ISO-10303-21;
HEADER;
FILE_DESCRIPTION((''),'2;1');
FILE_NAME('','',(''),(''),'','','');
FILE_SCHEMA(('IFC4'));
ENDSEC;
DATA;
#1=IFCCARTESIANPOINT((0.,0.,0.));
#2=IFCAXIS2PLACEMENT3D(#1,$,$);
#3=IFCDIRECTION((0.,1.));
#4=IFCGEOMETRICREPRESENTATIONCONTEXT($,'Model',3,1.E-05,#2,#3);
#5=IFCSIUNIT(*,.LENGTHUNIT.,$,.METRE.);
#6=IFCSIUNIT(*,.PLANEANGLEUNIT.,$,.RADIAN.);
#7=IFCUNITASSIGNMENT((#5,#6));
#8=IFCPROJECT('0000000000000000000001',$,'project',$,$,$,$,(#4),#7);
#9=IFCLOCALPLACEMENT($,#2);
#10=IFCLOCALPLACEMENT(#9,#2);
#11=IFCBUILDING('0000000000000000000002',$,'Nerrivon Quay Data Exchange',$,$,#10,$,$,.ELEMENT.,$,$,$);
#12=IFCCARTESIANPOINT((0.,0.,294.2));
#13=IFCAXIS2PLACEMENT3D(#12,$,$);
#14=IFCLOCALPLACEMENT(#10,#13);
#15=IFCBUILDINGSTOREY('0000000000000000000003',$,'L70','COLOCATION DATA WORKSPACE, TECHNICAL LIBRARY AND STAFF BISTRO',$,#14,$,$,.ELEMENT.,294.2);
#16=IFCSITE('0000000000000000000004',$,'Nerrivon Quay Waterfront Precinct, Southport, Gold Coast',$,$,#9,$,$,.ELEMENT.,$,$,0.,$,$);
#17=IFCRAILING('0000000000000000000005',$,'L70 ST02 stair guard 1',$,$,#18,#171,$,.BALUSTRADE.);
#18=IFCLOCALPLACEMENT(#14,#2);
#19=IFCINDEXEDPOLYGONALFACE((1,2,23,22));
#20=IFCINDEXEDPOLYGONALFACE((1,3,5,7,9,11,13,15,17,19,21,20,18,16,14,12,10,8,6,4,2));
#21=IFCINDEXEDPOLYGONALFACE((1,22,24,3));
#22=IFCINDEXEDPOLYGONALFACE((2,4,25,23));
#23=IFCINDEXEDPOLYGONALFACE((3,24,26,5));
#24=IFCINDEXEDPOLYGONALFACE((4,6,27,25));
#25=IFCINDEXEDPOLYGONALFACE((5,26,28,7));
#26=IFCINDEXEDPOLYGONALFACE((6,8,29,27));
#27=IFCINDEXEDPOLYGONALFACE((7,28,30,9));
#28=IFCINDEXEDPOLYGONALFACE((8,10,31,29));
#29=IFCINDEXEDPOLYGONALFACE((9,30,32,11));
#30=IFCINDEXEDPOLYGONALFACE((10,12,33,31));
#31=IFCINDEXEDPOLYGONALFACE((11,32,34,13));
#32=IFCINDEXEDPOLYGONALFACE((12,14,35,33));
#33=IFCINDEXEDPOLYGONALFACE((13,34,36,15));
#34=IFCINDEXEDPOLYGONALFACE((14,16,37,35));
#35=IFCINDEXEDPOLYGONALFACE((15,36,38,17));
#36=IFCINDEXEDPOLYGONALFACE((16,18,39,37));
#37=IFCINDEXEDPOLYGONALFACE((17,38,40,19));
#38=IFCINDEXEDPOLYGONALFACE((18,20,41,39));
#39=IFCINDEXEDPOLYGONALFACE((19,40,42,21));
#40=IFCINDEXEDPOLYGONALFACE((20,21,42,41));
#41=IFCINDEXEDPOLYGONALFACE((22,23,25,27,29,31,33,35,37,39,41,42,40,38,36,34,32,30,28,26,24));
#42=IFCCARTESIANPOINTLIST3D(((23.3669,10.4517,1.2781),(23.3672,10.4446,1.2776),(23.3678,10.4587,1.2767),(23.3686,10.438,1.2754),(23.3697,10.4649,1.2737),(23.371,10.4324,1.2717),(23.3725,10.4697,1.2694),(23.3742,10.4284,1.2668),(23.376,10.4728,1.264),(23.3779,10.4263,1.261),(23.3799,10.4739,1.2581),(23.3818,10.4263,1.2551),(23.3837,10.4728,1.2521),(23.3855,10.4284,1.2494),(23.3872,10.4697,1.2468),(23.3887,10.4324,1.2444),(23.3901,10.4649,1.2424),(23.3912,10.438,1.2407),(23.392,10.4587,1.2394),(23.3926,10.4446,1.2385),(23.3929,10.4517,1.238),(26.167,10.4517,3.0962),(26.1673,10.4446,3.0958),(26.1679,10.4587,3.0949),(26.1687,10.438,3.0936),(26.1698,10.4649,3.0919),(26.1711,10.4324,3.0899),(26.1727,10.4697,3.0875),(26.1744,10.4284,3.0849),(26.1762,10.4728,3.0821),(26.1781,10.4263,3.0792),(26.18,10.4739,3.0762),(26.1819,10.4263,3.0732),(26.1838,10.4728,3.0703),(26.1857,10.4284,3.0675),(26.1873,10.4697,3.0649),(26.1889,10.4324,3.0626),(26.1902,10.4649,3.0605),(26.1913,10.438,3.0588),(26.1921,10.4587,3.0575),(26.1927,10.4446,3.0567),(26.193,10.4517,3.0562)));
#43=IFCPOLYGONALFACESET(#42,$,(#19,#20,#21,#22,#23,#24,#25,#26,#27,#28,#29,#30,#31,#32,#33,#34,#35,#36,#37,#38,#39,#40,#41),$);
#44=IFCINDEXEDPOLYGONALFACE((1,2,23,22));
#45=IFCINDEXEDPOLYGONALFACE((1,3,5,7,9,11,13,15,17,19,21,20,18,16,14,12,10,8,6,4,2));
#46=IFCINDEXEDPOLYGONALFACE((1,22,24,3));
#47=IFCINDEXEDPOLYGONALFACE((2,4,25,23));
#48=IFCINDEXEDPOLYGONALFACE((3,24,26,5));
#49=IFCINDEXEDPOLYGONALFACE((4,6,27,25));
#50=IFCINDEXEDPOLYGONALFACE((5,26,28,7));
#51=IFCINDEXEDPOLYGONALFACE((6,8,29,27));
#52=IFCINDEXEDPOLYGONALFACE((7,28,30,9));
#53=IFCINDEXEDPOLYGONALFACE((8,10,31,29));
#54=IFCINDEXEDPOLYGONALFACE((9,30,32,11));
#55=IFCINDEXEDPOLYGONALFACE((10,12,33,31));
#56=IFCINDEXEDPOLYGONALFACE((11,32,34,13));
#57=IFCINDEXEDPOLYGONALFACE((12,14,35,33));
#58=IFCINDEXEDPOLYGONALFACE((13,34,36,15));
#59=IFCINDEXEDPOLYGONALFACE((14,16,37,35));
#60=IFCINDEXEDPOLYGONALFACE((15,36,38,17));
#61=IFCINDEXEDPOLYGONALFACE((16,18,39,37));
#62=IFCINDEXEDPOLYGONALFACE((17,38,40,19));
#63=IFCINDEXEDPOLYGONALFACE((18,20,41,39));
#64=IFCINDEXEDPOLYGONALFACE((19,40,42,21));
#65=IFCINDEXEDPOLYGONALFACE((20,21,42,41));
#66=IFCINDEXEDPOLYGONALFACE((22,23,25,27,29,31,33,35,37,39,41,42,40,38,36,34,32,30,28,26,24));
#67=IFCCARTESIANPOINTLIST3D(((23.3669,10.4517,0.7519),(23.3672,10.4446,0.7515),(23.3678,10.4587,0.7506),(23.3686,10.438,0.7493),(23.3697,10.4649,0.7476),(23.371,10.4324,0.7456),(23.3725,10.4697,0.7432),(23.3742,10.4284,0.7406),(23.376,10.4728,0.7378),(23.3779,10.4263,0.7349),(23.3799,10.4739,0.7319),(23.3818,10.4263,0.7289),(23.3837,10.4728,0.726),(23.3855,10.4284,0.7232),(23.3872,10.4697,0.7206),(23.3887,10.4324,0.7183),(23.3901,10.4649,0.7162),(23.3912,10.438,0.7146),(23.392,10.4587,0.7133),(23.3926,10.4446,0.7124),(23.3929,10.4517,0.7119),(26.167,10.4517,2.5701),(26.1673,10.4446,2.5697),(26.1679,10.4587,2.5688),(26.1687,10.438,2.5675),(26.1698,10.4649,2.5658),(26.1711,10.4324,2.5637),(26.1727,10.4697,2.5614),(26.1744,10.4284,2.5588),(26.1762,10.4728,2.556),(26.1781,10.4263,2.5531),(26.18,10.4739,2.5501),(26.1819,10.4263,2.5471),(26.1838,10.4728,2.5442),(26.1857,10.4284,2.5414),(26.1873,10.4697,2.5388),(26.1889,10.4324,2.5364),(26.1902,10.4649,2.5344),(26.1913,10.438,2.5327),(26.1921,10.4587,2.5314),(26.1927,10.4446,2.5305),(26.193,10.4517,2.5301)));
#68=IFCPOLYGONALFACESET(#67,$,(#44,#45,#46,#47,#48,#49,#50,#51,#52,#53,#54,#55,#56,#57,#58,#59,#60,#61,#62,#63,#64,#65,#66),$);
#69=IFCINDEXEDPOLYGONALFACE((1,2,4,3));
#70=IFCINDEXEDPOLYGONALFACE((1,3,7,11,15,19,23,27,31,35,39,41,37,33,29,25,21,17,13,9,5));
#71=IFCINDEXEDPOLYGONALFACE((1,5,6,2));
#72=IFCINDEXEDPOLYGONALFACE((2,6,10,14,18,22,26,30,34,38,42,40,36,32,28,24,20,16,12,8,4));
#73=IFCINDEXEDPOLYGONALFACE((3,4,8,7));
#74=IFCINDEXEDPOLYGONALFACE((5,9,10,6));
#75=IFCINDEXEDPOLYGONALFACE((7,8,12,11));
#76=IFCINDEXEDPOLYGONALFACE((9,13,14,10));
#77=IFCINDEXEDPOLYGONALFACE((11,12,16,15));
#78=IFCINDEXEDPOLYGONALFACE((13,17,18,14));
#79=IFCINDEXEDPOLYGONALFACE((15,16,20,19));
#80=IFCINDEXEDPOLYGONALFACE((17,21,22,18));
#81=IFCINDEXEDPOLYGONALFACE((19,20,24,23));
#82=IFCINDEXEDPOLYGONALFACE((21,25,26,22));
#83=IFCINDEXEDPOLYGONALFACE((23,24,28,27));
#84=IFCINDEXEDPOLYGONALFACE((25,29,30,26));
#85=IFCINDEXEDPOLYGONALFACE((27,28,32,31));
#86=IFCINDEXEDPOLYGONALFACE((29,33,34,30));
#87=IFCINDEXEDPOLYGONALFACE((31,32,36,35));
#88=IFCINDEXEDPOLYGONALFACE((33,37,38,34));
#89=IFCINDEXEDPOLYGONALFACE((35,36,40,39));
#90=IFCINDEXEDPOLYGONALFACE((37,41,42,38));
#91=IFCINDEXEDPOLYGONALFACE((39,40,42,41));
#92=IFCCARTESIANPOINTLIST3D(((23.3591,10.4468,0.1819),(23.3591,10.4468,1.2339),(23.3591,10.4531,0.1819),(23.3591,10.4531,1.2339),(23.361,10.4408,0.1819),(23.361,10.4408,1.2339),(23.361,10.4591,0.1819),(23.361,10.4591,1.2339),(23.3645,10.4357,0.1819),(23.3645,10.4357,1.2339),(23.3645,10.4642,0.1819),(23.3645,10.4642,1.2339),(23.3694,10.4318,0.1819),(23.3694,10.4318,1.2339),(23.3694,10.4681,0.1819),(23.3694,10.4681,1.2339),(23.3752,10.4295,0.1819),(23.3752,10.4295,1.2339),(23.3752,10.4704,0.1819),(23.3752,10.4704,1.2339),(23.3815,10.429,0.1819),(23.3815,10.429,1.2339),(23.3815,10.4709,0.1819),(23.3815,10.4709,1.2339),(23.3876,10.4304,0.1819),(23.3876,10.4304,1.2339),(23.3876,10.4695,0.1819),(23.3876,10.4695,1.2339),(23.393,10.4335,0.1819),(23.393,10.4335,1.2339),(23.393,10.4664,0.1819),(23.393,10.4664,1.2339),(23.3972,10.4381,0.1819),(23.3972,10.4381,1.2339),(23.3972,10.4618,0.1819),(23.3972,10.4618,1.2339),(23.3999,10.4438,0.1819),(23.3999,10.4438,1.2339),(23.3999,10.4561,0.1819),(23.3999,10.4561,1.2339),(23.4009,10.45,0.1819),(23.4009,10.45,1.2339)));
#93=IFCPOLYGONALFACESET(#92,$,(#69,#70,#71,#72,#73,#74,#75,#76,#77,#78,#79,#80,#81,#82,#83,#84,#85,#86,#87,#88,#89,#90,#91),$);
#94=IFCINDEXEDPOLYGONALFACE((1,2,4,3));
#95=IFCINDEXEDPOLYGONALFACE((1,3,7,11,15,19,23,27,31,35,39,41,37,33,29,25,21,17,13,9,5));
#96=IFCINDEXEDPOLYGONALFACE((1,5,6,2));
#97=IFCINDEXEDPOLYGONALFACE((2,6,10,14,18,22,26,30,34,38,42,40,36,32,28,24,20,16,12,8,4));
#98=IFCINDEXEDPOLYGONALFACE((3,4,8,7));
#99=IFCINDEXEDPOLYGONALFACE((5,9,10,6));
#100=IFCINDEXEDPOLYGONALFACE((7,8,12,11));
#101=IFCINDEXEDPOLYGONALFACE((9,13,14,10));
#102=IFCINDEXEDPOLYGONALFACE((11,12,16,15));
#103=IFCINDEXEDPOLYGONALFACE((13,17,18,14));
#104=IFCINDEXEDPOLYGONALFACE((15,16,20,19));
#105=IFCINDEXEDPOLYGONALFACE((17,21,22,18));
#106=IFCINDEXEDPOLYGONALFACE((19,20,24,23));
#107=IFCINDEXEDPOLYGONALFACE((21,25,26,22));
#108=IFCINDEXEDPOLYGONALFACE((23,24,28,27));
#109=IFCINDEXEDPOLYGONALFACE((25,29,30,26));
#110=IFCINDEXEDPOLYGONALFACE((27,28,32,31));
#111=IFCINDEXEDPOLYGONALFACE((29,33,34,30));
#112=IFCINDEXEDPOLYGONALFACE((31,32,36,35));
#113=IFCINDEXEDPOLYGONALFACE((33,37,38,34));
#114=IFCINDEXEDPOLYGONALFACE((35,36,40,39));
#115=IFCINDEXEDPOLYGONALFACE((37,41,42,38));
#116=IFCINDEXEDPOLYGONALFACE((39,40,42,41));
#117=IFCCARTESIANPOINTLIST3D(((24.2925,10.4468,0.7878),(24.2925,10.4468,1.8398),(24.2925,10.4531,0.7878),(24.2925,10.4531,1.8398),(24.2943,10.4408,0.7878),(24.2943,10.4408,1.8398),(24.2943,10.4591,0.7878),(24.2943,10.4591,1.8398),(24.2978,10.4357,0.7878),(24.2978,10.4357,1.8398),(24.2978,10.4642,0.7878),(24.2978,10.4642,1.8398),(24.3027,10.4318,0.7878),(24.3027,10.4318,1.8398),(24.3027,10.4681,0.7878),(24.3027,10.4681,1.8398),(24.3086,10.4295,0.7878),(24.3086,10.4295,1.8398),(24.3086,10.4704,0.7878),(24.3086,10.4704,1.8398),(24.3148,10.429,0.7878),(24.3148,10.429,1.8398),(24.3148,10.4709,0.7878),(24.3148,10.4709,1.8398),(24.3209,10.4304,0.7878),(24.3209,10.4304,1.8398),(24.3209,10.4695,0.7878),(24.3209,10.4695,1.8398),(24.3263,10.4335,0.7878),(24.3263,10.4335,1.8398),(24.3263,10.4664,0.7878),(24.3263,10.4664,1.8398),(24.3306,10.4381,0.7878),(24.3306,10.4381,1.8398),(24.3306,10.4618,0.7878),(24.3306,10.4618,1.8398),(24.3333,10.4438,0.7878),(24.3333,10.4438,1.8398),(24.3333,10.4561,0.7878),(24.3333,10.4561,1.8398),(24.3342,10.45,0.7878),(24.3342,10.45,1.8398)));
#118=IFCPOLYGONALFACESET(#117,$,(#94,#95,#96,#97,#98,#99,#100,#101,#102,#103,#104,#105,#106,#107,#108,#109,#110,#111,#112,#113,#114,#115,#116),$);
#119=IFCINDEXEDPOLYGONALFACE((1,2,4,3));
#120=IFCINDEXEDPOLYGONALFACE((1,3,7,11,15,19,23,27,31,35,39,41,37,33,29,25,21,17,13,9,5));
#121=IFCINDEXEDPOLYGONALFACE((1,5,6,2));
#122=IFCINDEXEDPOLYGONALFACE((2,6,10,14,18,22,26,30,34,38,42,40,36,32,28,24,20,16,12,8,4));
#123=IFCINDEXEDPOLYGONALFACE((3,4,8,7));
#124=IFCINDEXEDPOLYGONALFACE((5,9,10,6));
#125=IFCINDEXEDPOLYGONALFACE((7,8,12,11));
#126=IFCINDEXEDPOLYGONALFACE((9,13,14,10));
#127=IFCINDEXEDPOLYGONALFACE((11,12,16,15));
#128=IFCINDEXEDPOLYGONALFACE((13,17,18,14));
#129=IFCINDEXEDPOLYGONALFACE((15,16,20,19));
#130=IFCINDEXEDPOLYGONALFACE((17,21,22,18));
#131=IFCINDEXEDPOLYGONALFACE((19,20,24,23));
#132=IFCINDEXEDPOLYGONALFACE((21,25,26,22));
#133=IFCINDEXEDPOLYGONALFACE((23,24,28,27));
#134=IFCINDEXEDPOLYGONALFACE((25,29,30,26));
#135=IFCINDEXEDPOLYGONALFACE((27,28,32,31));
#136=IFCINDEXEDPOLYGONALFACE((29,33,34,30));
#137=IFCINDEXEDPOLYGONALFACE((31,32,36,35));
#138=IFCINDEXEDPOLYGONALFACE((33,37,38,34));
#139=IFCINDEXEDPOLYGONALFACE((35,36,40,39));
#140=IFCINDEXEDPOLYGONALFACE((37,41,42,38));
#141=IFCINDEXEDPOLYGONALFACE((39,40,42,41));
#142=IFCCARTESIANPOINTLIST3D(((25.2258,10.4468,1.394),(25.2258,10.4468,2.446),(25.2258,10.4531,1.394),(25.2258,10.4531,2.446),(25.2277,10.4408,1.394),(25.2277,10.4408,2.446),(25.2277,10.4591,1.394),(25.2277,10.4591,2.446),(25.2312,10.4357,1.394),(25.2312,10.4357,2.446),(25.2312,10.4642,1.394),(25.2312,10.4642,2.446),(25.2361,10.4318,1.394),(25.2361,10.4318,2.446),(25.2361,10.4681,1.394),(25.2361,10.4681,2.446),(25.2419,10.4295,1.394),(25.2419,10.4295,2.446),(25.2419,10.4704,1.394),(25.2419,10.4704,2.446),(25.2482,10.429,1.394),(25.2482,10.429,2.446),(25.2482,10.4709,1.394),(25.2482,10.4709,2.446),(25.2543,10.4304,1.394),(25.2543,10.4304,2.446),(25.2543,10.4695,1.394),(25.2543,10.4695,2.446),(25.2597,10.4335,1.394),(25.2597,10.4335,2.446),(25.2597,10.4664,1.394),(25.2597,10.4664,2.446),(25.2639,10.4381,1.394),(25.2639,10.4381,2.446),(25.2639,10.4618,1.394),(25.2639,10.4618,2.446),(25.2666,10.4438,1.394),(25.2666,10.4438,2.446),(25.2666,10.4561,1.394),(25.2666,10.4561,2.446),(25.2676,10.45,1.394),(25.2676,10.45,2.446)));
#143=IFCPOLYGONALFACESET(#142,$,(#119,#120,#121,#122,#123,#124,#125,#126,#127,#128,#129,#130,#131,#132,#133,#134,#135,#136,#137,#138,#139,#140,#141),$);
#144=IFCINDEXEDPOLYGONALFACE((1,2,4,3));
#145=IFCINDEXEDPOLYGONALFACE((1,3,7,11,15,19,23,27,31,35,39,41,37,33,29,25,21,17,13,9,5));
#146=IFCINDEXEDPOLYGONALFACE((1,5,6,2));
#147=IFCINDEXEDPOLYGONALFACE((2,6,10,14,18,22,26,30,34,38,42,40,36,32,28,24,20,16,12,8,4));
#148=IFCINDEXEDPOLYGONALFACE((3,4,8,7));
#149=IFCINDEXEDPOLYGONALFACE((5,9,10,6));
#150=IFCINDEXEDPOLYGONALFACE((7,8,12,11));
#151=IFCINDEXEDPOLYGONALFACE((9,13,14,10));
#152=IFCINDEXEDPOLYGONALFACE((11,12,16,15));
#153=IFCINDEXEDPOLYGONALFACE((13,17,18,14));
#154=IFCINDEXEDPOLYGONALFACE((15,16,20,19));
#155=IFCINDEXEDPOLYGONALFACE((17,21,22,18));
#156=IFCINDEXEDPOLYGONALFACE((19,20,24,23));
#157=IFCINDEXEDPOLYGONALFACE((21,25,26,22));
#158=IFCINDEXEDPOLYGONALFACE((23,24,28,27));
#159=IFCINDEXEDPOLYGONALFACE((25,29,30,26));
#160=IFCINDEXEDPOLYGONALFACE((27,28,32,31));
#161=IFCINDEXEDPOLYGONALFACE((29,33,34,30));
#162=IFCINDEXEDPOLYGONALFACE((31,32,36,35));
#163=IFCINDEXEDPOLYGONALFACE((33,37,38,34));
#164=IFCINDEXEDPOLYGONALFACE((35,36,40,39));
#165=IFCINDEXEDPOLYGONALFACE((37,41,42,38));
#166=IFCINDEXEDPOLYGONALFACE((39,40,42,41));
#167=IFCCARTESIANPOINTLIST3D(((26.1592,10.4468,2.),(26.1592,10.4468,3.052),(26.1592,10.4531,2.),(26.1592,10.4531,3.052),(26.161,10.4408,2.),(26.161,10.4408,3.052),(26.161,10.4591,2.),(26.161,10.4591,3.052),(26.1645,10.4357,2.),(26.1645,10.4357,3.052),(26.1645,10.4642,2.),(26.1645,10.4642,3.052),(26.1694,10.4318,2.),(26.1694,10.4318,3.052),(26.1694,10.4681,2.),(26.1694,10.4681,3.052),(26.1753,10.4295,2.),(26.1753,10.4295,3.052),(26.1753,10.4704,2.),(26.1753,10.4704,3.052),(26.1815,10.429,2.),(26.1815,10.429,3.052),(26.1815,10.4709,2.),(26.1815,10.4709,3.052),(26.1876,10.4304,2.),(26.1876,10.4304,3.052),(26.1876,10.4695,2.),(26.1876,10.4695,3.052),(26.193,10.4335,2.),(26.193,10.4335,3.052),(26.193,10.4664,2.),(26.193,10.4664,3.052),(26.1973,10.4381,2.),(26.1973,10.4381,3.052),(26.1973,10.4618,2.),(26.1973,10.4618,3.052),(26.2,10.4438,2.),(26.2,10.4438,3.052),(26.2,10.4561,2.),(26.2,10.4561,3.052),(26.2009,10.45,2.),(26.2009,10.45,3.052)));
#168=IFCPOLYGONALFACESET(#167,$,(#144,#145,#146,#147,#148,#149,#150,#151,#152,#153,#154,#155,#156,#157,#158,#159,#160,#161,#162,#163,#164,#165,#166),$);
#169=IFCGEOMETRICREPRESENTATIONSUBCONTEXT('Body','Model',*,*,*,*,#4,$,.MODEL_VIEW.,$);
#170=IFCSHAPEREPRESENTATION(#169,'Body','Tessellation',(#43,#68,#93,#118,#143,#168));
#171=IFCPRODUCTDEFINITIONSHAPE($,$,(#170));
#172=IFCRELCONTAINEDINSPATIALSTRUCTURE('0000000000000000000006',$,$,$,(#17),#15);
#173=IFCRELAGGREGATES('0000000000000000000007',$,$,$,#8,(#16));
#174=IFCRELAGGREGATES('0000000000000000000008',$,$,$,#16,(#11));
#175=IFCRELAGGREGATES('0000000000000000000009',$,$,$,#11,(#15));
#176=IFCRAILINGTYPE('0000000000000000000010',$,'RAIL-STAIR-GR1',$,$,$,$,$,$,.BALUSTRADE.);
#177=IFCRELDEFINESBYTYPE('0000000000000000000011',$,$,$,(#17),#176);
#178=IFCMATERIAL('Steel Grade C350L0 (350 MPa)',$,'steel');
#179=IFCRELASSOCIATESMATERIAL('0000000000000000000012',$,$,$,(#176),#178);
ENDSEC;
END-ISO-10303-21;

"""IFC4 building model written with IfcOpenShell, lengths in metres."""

from ifc_helpers import new_model, si_unit, direction, frame, origin, origin_2d, place, context, subcontext, project, spatial, circle, extrude, material, type_object, element, save


model = new_model("IFC4")

# Units and contexts
model_context = context("Model", 3, precision=1e-05, world=origin(), true_north=direction((0.0, 1.0)))
body_context = subcontext(model_context, "Body", "Model", "MODEL_VIEW")
ifc_project = project(units=[si_unit("LENGTHUNIT", "METRE"), si_unit("PLANEANGLEUNIT", "RADIAN")], contexts=[model_context])

# Site, building, storey
site_placement = place(None, origin())
site = spatial("IfcSite", under=ifc_project, at=site_placement, Name="Nerrivon Quay Waterfront Precinct, Southport, Gold Coast", CompositionType="ELEMENT", RefElevation=0.0)
building_placement = place(site_placement, origin())
building = spatial("IfcBuilding", under=site, at=building_placement, Name="Nerrivon Quay Data Exchange", CompositionType="ELEMENT")
storey_placement = place(building_placement, frame((0.0, 0.0, 294.2)))
storey = spatial("IfcBuildingStorey", under=building, at=storey_placement, Name="L70", Description="COLOCATION DATA WORKSPACE, TECHNICAL LIBRARY AND STAFF BISTRO", CompositionType="ELEMENT", Elevation=294.2)

# Railing
ifc_material_1 = material(Name="Steel Grade C350L0 (350 MPa)", Category="steel")
railing_type_1 = type_object("IfcRailingType", Name="RAIL-STAIR-GR1", PredefinedType="BALUSTRADE", material=ifc_material_1)
railing_1_placement = place(storey_placement, frame((23.3799, 10.45, 0.1819)))
element("IfcRailing", 1, at=railing_1_placement, inside=storey, type_object=railing_type_1, Name="L70 ST02 stair guard 1", PredefinedType="BALUSTRADE", context=body_context, shape_type="SweptSolid", body=[
    extrude(circle(Radius=0.0239, at=origin_2d()), frame((0.0, 0.0, 1.0762), z_axis=(0.838706, 0.0, 0.544585), x_axis=(0.0, 1.0, 0.0)), (0.0, 0.0, 1.0), 3.3386),
    extrude(circle(Radius=0.0239, at=origin_2d()), frame((0.0, 0.0, 0.55), z_axis=(0.838706, 0.0, 0.544585), x_axis=(0.0, 1.0, 0.0)), (0.0, 0.0, 1.0), 3.3386),
    extrude(circle(Radius=0.021, at=origin_2d()), origin(), (0.0, 0.0, 1.0), 1.052),
    extrude(circle(Radius=0.021, at=origin_2d()), frame((0.9333, 0.0, 0.606)), (0.0, 0.0, 1.0), 1.052),
    extrude(circle(Radius=0.021, at=origin_2d()), frame((1.8667, 0.0, 1.2122)), (0.0, 0.0, 1.0), 1.052),
    extrude(circle(Radius=0.021, at=origin_2d()), frame((2.8, 0.0, 1.8181)), (0.0, 0.0, 1.0), 1.052),
])

save(model, "model.ifc")
